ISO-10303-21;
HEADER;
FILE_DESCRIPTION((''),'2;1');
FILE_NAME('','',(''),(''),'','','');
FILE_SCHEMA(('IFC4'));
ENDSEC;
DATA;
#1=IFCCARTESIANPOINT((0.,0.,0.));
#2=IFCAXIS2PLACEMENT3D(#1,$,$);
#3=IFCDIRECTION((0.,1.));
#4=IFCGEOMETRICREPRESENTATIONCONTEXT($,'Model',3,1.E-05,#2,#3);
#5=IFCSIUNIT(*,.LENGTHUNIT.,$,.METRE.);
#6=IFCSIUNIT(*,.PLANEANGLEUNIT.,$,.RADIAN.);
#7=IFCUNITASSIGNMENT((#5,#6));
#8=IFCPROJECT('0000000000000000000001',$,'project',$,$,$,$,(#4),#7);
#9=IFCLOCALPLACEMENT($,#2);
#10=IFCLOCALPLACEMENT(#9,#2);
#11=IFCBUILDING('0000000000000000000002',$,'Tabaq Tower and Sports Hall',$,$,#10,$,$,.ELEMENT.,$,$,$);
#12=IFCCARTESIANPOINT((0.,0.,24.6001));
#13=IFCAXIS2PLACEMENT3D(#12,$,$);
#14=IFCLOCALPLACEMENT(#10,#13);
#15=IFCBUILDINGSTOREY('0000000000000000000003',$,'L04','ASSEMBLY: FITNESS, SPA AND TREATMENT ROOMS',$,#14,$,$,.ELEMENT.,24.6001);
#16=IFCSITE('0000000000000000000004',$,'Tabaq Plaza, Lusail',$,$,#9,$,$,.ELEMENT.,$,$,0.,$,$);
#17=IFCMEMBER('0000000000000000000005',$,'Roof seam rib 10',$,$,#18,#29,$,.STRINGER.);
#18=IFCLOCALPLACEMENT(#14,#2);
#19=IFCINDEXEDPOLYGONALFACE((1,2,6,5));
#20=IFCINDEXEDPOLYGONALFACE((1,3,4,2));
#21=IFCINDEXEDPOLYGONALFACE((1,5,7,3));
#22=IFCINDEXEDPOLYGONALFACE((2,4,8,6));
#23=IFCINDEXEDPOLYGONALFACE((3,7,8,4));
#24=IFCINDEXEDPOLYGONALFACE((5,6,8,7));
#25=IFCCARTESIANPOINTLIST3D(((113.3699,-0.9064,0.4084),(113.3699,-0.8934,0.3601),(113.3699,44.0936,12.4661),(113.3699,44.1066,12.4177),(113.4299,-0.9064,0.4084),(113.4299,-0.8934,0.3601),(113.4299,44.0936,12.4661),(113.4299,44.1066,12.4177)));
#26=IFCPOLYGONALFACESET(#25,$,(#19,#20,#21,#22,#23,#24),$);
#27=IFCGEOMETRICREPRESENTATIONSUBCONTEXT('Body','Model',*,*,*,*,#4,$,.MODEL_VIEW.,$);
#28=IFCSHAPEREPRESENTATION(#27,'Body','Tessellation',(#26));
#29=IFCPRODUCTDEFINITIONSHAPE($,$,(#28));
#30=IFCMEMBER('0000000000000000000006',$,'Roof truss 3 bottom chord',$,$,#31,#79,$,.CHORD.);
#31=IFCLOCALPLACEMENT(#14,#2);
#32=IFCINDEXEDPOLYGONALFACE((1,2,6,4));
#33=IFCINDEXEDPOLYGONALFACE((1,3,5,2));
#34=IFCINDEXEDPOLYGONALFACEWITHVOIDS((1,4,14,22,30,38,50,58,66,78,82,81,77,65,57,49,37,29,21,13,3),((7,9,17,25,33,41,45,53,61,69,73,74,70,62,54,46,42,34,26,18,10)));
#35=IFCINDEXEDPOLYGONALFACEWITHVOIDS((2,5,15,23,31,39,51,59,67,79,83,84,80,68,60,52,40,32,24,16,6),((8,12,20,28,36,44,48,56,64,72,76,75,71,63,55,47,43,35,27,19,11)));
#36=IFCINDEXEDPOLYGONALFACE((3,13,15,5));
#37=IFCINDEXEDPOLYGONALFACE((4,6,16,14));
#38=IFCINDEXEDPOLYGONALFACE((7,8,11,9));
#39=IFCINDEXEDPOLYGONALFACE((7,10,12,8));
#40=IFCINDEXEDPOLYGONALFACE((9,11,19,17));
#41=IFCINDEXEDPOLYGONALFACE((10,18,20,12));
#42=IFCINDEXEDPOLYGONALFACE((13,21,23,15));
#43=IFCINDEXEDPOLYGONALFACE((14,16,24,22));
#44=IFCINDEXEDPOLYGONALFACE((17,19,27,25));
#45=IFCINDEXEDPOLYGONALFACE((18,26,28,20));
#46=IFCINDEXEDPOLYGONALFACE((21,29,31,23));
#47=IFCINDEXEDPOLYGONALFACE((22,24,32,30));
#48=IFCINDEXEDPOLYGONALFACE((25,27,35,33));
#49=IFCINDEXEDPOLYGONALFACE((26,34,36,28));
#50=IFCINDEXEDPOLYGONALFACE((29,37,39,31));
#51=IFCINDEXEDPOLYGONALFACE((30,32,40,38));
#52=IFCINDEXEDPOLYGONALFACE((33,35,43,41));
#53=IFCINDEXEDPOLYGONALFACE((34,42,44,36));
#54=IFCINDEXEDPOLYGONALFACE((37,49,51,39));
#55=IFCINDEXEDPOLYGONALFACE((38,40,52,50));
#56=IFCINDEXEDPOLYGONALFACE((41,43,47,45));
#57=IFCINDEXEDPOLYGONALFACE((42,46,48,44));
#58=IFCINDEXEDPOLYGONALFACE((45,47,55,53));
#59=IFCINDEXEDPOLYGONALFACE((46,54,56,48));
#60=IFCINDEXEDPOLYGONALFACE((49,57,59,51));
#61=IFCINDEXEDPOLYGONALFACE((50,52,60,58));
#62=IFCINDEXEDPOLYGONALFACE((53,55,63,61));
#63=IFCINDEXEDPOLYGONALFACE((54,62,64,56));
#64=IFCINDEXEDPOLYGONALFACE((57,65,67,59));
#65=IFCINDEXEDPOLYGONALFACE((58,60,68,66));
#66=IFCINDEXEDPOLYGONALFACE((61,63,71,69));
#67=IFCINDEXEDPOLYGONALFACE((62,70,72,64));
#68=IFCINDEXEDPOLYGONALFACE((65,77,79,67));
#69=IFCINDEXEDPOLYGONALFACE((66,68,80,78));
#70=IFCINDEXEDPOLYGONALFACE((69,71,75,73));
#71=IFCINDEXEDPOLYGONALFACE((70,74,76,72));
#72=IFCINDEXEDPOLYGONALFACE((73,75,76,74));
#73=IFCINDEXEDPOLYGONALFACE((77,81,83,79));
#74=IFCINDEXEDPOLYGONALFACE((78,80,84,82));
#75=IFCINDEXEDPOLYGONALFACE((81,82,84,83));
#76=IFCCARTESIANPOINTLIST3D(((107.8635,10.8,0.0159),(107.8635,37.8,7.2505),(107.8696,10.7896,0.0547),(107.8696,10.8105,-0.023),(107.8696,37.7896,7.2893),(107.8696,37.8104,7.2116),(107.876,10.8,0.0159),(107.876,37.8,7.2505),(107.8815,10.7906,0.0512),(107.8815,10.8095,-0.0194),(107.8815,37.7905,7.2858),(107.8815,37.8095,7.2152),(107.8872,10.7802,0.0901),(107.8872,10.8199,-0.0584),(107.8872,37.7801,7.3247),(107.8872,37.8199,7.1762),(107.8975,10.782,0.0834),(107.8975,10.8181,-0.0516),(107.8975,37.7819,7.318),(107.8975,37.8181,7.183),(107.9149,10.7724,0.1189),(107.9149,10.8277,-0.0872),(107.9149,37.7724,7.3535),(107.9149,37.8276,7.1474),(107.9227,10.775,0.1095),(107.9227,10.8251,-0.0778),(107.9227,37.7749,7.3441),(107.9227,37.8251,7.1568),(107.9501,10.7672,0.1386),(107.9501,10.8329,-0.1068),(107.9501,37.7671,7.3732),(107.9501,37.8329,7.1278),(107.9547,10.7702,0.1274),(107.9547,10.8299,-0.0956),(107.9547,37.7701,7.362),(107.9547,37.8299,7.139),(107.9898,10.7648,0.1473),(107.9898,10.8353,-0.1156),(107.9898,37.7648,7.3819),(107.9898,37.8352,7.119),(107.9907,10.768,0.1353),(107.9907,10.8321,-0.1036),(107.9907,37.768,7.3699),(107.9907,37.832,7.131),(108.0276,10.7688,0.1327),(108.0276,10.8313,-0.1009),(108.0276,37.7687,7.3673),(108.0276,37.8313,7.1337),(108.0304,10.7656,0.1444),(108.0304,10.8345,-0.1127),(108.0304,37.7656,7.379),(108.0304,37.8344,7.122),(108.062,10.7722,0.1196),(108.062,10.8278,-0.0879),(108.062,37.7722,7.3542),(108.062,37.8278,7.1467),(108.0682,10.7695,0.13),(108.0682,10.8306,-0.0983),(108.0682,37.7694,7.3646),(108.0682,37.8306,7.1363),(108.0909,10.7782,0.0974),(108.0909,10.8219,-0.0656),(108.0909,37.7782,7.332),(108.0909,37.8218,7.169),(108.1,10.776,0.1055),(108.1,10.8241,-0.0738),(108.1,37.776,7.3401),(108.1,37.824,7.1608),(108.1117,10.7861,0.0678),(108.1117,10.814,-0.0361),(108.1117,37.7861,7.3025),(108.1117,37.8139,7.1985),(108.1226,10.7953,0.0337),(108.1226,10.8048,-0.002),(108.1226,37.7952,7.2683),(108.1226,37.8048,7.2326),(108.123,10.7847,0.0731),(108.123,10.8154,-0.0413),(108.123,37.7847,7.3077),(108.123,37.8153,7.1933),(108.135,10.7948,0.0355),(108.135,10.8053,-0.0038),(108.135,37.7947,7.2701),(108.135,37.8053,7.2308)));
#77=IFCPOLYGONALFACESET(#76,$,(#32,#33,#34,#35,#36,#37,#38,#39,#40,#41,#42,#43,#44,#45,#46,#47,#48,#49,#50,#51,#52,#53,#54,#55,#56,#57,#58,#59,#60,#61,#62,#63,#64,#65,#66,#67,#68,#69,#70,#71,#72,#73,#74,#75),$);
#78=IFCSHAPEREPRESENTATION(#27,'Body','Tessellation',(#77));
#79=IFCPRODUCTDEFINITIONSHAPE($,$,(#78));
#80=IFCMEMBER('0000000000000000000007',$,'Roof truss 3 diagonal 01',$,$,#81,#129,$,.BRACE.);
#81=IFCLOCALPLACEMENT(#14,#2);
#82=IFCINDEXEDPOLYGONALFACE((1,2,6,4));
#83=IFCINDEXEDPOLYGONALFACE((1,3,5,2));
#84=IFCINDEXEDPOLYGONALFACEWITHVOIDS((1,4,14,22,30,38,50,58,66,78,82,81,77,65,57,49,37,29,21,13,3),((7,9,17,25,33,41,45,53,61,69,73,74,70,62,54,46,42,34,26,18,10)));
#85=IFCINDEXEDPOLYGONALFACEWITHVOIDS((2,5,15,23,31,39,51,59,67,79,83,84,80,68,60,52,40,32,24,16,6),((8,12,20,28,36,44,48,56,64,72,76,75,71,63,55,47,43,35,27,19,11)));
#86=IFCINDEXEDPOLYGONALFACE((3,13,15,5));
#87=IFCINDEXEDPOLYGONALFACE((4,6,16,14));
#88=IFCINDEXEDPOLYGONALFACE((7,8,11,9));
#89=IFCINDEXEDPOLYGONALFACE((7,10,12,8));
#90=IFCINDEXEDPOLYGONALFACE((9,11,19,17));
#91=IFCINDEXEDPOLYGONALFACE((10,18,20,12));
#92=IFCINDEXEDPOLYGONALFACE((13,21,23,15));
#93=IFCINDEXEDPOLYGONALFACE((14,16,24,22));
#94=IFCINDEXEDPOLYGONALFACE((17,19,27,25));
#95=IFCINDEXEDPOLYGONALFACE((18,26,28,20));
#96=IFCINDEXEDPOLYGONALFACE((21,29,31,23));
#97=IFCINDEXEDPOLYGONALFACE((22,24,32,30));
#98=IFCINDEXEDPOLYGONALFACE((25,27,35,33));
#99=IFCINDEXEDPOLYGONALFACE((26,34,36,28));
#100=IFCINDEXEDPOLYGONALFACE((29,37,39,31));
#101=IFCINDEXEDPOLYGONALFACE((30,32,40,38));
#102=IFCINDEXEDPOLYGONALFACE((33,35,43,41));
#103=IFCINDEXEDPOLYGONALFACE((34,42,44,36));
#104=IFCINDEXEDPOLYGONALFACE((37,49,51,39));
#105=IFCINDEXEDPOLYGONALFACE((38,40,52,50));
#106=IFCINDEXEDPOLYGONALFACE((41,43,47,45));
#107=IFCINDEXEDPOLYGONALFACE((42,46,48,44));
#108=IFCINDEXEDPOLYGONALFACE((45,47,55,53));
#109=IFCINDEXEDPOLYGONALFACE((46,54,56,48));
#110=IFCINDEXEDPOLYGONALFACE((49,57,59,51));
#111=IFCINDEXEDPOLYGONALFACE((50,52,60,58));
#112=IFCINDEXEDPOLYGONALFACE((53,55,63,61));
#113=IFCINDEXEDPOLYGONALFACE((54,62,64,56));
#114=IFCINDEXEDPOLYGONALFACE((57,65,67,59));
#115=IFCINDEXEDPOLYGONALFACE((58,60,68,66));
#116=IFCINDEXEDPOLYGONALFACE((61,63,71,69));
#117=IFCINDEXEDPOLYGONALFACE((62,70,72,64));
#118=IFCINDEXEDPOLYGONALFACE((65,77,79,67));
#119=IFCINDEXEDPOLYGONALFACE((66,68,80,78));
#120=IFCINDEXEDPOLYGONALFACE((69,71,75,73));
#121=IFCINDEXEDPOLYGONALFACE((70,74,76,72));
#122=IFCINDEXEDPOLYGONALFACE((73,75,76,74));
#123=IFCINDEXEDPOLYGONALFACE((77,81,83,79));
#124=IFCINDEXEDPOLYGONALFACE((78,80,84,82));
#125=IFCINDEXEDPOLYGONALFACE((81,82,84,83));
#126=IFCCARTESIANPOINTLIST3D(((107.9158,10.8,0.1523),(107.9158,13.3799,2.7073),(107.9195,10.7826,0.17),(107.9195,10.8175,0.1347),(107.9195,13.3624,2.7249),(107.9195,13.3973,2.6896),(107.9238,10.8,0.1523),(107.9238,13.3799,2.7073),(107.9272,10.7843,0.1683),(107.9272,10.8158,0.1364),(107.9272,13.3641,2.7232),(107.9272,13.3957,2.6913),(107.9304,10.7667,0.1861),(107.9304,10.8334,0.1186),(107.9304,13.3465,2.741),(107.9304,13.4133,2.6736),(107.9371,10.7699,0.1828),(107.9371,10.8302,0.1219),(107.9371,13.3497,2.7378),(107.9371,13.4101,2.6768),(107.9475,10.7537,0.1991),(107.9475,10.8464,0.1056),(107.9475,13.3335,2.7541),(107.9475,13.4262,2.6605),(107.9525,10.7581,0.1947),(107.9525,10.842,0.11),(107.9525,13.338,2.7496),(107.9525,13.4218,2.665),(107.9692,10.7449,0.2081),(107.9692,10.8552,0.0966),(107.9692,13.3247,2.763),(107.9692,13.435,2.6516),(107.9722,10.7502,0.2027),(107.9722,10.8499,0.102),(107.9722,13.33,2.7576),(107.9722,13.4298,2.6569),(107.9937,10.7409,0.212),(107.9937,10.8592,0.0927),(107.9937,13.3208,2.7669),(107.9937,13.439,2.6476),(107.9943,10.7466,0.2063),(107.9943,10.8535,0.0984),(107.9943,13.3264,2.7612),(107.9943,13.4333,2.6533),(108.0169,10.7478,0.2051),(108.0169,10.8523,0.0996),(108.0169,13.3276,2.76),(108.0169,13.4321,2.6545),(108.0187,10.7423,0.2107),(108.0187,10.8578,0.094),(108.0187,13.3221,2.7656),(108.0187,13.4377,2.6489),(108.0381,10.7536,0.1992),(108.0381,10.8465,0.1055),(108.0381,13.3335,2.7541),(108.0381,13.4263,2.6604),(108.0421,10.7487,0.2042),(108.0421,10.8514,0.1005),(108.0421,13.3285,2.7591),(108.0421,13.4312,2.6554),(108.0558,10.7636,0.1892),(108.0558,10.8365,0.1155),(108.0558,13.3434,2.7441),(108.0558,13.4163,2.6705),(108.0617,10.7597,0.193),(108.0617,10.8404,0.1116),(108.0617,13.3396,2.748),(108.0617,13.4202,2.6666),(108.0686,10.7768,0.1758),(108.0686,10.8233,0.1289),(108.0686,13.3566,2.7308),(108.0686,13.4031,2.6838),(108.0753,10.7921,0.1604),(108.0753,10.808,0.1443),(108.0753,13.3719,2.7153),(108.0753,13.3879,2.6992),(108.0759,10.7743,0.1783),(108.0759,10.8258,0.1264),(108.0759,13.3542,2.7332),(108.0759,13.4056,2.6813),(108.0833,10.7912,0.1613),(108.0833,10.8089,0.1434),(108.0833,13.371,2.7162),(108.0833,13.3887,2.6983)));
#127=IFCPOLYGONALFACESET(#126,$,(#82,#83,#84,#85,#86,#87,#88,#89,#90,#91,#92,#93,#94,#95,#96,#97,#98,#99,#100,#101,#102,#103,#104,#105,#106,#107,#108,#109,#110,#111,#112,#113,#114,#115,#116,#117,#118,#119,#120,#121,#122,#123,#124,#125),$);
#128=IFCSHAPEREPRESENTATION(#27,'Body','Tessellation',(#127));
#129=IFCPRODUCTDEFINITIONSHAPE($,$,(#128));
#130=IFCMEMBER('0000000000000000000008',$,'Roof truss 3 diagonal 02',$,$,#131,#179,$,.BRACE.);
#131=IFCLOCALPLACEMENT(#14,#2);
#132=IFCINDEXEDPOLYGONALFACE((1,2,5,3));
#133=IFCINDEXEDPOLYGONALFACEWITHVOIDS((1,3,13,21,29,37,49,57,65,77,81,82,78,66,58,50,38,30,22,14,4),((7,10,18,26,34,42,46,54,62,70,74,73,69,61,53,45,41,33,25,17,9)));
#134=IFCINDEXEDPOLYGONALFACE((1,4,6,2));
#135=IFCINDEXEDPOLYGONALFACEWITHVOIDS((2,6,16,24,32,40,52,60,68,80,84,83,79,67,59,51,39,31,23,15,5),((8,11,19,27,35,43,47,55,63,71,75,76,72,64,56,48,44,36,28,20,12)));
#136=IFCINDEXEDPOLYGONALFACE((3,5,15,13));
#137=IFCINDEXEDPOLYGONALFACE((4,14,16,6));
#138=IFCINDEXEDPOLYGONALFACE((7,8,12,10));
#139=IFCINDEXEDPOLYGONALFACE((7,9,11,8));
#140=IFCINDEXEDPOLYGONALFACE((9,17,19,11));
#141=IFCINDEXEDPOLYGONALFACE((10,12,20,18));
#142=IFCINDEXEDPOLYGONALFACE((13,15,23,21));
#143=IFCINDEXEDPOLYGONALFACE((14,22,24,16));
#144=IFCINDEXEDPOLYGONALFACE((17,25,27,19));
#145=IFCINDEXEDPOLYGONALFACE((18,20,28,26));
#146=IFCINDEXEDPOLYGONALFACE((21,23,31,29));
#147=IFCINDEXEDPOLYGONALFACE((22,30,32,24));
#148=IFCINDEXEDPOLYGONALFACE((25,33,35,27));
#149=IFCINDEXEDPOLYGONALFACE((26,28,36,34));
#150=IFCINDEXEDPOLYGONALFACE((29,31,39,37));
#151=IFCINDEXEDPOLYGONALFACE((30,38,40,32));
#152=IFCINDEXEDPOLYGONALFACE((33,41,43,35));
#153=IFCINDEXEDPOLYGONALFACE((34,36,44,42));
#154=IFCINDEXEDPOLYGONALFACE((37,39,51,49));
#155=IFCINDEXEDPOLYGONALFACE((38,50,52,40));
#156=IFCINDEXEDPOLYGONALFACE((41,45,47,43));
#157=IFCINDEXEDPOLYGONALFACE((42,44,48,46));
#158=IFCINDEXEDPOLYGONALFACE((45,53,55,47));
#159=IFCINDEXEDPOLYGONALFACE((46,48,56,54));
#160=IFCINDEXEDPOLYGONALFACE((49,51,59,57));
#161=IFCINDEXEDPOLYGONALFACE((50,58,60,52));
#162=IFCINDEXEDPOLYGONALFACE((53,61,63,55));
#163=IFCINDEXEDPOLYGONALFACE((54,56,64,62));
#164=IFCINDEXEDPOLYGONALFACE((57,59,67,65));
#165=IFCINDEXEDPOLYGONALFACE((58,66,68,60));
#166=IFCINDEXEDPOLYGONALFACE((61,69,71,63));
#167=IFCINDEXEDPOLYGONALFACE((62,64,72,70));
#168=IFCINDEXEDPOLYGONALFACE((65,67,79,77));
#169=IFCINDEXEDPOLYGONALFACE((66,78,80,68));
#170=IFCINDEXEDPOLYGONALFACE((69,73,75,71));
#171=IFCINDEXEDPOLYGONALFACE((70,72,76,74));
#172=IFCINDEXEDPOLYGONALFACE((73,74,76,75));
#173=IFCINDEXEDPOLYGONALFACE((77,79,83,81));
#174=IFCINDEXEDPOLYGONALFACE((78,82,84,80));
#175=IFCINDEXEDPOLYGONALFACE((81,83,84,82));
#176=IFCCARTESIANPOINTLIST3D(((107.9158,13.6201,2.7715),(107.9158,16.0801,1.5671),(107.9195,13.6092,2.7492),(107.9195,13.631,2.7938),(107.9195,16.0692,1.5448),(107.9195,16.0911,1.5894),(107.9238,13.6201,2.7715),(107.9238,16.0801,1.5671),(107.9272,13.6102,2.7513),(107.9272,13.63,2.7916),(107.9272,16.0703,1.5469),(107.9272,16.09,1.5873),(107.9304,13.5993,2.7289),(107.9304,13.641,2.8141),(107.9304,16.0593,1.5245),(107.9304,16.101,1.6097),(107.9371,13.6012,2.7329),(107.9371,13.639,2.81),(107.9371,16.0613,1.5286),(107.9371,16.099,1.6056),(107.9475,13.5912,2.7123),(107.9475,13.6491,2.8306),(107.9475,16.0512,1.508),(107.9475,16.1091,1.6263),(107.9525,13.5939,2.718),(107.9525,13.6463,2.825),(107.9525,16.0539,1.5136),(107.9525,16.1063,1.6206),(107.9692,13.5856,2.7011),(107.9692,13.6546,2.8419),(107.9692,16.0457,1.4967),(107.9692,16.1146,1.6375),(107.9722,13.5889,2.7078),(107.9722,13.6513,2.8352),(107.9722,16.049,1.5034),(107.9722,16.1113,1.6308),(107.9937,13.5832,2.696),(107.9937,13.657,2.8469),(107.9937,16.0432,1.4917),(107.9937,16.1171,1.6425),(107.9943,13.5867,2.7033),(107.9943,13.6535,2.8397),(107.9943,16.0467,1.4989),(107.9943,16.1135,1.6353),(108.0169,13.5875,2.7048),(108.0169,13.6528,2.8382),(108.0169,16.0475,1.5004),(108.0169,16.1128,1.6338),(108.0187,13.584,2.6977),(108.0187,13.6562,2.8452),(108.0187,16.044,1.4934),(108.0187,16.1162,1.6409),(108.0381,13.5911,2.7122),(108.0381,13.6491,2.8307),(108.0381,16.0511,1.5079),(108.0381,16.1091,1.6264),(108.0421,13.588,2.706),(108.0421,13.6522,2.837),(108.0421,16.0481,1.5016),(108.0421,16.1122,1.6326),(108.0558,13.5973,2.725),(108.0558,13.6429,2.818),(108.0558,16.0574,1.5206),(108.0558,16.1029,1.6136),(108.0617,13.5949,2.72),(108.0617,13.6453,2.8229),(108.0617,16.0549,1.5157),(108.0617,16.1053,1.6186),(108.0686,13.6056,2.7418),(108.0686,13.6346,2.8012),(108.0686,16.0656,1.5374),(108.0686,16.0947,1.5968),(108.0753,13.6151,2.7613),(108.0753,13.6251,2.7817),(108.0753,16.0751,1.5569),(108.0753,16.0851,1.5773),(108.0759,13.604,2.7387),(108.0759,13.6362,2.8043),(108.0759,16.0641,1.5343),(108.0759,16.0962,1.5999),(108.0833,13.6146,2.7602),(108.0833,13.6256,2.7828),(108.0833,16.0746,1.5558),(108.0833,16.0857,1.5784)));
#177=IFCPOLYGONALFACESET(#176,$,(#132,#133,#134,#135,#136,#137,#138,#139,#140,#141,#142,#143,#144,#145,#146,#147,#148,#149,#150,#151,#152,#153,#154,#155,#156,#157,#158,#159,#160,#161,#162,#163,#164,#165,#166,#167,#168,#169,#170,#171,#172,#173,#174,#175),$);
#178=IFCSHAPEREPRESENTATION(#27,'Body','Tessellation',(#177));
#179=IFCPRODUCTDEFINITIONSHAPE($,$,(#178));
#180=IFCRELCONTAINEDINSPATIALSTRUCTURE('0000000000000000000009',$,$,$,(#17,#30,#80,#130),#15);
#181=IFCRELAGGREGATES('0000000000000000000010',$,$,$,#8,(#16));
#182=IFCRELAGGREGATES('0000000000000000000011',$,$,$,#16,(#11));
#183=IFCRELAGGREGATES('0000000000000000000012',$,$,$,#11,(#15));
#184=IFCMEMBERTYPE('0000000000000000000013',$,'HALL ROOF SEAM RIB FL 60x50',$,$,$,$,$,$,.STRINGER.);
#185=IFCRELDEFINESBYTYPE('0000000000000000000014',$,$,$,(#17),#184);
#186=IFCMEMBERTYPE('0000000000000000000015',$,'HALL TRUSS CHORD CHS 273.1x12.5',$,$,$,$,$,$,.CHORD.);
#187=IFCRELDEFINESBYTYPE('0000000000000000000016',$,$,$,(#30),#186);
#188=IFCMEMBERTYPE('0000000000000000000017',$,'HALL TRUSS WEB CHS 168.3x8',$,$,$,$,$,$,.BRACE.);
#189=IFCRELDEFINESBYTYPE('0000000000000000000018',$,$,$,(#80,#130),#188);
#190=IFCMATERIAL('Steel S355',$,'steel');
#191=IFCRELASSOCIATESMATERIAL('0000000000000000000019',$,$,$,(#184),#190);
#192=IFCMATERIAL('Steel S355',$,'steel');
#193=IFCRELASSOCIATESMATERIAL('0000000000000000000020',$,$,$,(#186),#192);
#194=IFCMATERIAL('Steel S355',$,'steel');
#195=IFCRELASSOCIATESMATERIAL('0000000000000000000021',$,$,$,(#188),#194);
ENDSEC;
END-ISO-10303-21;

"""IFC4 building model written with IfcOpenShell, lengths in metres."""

from ifc_helpers import new_model, si_unit, direction, frame, origin, origin_2d, place, context, subcontext, project, spatial, rectangle, hollow_circle, extrude, material, material_profile, profile_set, type_object, element, save


model = new_model("IFC4")

# Units and contexts
model_context = context("Model", 3, precision=1e-05, world=origin(), true_north=direction((0.0, 1.0)))
body_context = subcontext(model_context, "Body", "Model", "MODEL_VIEW")
ifc_project = project(units=[si_unit("LENGTHUNIT", "METRE"), si_unit("PLANEANGLEUNIT", "RADIAN")], contexts=[model_context])

# Site, building, storey
site_placement = place(None, origin())
site = spatial("IfcSite", under=ifc_project, at=site_placement, Name="Tabaq Plaza, Lusail", CompositionType="ELEMENT", RefElevation=0.0)
building_placement = place(site_placement, origin())
building = spatial("IfcBuilding", under=site, at=building_placement, Name="Tabaq Tower and Sports Hall", CompositionType="ELEMENT")
storey_placement = place(building_placement, frame((0.0, 0.0, 24.6001)))
storey = spatial("IfcBuildingStorey", under=building, at=storey_placement, Name="L04", Description="ASSEMBLY: FITNESS, SPA AND TREATMENT ROOMS", CompositionType="ELEMENT", Elevation=24.6001)

# Members
ifc_material_1 = material(Name="Steel S355", Category="steel")
ifc_material_profile_1 = material_profile(ifc_material_1, rectangle(XDim=0.0601, YDim=0.05, at=origin_2d()), Name="FL 60x50")
ifc_profile_set_1 = profile_set([ifc_material_profile_1], Name="Steel S355")
member_type_1 = type_object("IfcMemberType", Name="HALL ROOF SEAM RIB FL 60x50", PredefinedType="STRINGER", material=ifc_profile_set_1)
for number, where, z_axis, x_axis, name in (
    (1, (113.3999, -0.8999, 0.3843), (0.0, 0.965926, 0.258817), (-1.0, 0.0, 0.0), "Roof seam rib 10"),
):
    element("IfcMember", number, at=place(storey_placement, frame(where, z_axis=z_axis, x_axis=x_axis)), inside=storey, type_object=member_type_1, Name=name, PredefinedType="STRINGER", context=body_context, shape_type="SweptSolid", body=[
        extrude(rectangle(XDim=0.0601, YDim=0.05, at=origin_2d()), origin(), (0.0, 0.0, 1.0), 46.5874),
    ])
ifc_material_2 = material(Name="Steel S355", Category="steel")
ifc_material_profile_2 = material_profile(ifc_material_2, hollow_circle(Radius=0.1365, WallThickness=0.0125, at=origin_2d()), Name="CHS 273.1x12.5")
ifc_profile_set_2 = profile_set([ifc_material_profile_2], Name="Steel S355")
member_type_2 = type_object("IfcMemberType", Name="HALL TRUSS CHORD CHS 273.1x12.5", PredefinedType="CHORD", material=ifc_profile_set_2)
member_1_placement = place(storey_placement, frame((108.0, 10.8, 0.0159), z_axis=(0.0, 0.965926, 0.258819), x_axis=(-1.0, 0.0, 0.0)))
element("IfcMember", 2, at=member_1_placement, inside=storey, type_object=member_type_2, Name="Roof truss 3 bottom chord", PredefinedType="CHORD", context=body_context, shape_type="SweptSolid", body=[
    extrude(hollow_circle(Radius=0.1365, WallThickness=0.0125, at=origin_2d()), origin(), (0.0, 0.0, 1.0), 27.9524),
])
ifc_material_3 = material(Name="Steel S355", Category="steel")
ifc_material_profile_3 = material_profile(ifc_material_3, hollow_circle(Radius=0.0842, WallThickness=0.0081, at=origin_2d()), Name="CHS 168.3x8")
ifc_profile_set_3 = profile_set([ifc_material_profile_3], Name="Steel S355")
member_type_3 = type_object("IfcMemberType", Name="HALL TRUSS WEB CHS 168.3x8", PredefinedType="BRACE", material=ifc_profile_set_3)
member_2_placement = place(storey_placement, frame((108.0, 10.8, 0.1523), z_axis=(0.0, 0.710528, 0.703669), x_axis=(-1.0, 0.0, 0.0)))
element("IfcMember", 3, at=member_2_placement, inside=storey, type_object=member_type_3, Name="Roof truss 3 diagonal 01", PredefinedType="BRACE", context=body_context, shape_type="SweptSolid", body=[
    extrude(hollow_circle(Radius=0.0842, WallThickness=0.0081, at=origin_2d()), origin(), (0.0, 0.0, 1.0), 3.6309),
])
member_3_placement = place(storey_placement, frame((108.0, 13.6201, 2.7715), z_axis=(0.0, 0.89814, -0.43971), x_axis=(-1.0, 0.0, 0.0)))
element("IfcMember", 4, at=member_3_placement, inside=storey, type_object=member_type_3, Name="Roof truss 3 diagonal 02", PredefinedType="BRACE", context=body_context, shape_type="SweptSolid", body=[
    extrude(hollow_circle(Radius=0.0842, WallThickness=0.0081, at=origin_2d()), origin(), (0.0, 0.0, 1.0), 2.739),
])

save(model, "model.ifc")
